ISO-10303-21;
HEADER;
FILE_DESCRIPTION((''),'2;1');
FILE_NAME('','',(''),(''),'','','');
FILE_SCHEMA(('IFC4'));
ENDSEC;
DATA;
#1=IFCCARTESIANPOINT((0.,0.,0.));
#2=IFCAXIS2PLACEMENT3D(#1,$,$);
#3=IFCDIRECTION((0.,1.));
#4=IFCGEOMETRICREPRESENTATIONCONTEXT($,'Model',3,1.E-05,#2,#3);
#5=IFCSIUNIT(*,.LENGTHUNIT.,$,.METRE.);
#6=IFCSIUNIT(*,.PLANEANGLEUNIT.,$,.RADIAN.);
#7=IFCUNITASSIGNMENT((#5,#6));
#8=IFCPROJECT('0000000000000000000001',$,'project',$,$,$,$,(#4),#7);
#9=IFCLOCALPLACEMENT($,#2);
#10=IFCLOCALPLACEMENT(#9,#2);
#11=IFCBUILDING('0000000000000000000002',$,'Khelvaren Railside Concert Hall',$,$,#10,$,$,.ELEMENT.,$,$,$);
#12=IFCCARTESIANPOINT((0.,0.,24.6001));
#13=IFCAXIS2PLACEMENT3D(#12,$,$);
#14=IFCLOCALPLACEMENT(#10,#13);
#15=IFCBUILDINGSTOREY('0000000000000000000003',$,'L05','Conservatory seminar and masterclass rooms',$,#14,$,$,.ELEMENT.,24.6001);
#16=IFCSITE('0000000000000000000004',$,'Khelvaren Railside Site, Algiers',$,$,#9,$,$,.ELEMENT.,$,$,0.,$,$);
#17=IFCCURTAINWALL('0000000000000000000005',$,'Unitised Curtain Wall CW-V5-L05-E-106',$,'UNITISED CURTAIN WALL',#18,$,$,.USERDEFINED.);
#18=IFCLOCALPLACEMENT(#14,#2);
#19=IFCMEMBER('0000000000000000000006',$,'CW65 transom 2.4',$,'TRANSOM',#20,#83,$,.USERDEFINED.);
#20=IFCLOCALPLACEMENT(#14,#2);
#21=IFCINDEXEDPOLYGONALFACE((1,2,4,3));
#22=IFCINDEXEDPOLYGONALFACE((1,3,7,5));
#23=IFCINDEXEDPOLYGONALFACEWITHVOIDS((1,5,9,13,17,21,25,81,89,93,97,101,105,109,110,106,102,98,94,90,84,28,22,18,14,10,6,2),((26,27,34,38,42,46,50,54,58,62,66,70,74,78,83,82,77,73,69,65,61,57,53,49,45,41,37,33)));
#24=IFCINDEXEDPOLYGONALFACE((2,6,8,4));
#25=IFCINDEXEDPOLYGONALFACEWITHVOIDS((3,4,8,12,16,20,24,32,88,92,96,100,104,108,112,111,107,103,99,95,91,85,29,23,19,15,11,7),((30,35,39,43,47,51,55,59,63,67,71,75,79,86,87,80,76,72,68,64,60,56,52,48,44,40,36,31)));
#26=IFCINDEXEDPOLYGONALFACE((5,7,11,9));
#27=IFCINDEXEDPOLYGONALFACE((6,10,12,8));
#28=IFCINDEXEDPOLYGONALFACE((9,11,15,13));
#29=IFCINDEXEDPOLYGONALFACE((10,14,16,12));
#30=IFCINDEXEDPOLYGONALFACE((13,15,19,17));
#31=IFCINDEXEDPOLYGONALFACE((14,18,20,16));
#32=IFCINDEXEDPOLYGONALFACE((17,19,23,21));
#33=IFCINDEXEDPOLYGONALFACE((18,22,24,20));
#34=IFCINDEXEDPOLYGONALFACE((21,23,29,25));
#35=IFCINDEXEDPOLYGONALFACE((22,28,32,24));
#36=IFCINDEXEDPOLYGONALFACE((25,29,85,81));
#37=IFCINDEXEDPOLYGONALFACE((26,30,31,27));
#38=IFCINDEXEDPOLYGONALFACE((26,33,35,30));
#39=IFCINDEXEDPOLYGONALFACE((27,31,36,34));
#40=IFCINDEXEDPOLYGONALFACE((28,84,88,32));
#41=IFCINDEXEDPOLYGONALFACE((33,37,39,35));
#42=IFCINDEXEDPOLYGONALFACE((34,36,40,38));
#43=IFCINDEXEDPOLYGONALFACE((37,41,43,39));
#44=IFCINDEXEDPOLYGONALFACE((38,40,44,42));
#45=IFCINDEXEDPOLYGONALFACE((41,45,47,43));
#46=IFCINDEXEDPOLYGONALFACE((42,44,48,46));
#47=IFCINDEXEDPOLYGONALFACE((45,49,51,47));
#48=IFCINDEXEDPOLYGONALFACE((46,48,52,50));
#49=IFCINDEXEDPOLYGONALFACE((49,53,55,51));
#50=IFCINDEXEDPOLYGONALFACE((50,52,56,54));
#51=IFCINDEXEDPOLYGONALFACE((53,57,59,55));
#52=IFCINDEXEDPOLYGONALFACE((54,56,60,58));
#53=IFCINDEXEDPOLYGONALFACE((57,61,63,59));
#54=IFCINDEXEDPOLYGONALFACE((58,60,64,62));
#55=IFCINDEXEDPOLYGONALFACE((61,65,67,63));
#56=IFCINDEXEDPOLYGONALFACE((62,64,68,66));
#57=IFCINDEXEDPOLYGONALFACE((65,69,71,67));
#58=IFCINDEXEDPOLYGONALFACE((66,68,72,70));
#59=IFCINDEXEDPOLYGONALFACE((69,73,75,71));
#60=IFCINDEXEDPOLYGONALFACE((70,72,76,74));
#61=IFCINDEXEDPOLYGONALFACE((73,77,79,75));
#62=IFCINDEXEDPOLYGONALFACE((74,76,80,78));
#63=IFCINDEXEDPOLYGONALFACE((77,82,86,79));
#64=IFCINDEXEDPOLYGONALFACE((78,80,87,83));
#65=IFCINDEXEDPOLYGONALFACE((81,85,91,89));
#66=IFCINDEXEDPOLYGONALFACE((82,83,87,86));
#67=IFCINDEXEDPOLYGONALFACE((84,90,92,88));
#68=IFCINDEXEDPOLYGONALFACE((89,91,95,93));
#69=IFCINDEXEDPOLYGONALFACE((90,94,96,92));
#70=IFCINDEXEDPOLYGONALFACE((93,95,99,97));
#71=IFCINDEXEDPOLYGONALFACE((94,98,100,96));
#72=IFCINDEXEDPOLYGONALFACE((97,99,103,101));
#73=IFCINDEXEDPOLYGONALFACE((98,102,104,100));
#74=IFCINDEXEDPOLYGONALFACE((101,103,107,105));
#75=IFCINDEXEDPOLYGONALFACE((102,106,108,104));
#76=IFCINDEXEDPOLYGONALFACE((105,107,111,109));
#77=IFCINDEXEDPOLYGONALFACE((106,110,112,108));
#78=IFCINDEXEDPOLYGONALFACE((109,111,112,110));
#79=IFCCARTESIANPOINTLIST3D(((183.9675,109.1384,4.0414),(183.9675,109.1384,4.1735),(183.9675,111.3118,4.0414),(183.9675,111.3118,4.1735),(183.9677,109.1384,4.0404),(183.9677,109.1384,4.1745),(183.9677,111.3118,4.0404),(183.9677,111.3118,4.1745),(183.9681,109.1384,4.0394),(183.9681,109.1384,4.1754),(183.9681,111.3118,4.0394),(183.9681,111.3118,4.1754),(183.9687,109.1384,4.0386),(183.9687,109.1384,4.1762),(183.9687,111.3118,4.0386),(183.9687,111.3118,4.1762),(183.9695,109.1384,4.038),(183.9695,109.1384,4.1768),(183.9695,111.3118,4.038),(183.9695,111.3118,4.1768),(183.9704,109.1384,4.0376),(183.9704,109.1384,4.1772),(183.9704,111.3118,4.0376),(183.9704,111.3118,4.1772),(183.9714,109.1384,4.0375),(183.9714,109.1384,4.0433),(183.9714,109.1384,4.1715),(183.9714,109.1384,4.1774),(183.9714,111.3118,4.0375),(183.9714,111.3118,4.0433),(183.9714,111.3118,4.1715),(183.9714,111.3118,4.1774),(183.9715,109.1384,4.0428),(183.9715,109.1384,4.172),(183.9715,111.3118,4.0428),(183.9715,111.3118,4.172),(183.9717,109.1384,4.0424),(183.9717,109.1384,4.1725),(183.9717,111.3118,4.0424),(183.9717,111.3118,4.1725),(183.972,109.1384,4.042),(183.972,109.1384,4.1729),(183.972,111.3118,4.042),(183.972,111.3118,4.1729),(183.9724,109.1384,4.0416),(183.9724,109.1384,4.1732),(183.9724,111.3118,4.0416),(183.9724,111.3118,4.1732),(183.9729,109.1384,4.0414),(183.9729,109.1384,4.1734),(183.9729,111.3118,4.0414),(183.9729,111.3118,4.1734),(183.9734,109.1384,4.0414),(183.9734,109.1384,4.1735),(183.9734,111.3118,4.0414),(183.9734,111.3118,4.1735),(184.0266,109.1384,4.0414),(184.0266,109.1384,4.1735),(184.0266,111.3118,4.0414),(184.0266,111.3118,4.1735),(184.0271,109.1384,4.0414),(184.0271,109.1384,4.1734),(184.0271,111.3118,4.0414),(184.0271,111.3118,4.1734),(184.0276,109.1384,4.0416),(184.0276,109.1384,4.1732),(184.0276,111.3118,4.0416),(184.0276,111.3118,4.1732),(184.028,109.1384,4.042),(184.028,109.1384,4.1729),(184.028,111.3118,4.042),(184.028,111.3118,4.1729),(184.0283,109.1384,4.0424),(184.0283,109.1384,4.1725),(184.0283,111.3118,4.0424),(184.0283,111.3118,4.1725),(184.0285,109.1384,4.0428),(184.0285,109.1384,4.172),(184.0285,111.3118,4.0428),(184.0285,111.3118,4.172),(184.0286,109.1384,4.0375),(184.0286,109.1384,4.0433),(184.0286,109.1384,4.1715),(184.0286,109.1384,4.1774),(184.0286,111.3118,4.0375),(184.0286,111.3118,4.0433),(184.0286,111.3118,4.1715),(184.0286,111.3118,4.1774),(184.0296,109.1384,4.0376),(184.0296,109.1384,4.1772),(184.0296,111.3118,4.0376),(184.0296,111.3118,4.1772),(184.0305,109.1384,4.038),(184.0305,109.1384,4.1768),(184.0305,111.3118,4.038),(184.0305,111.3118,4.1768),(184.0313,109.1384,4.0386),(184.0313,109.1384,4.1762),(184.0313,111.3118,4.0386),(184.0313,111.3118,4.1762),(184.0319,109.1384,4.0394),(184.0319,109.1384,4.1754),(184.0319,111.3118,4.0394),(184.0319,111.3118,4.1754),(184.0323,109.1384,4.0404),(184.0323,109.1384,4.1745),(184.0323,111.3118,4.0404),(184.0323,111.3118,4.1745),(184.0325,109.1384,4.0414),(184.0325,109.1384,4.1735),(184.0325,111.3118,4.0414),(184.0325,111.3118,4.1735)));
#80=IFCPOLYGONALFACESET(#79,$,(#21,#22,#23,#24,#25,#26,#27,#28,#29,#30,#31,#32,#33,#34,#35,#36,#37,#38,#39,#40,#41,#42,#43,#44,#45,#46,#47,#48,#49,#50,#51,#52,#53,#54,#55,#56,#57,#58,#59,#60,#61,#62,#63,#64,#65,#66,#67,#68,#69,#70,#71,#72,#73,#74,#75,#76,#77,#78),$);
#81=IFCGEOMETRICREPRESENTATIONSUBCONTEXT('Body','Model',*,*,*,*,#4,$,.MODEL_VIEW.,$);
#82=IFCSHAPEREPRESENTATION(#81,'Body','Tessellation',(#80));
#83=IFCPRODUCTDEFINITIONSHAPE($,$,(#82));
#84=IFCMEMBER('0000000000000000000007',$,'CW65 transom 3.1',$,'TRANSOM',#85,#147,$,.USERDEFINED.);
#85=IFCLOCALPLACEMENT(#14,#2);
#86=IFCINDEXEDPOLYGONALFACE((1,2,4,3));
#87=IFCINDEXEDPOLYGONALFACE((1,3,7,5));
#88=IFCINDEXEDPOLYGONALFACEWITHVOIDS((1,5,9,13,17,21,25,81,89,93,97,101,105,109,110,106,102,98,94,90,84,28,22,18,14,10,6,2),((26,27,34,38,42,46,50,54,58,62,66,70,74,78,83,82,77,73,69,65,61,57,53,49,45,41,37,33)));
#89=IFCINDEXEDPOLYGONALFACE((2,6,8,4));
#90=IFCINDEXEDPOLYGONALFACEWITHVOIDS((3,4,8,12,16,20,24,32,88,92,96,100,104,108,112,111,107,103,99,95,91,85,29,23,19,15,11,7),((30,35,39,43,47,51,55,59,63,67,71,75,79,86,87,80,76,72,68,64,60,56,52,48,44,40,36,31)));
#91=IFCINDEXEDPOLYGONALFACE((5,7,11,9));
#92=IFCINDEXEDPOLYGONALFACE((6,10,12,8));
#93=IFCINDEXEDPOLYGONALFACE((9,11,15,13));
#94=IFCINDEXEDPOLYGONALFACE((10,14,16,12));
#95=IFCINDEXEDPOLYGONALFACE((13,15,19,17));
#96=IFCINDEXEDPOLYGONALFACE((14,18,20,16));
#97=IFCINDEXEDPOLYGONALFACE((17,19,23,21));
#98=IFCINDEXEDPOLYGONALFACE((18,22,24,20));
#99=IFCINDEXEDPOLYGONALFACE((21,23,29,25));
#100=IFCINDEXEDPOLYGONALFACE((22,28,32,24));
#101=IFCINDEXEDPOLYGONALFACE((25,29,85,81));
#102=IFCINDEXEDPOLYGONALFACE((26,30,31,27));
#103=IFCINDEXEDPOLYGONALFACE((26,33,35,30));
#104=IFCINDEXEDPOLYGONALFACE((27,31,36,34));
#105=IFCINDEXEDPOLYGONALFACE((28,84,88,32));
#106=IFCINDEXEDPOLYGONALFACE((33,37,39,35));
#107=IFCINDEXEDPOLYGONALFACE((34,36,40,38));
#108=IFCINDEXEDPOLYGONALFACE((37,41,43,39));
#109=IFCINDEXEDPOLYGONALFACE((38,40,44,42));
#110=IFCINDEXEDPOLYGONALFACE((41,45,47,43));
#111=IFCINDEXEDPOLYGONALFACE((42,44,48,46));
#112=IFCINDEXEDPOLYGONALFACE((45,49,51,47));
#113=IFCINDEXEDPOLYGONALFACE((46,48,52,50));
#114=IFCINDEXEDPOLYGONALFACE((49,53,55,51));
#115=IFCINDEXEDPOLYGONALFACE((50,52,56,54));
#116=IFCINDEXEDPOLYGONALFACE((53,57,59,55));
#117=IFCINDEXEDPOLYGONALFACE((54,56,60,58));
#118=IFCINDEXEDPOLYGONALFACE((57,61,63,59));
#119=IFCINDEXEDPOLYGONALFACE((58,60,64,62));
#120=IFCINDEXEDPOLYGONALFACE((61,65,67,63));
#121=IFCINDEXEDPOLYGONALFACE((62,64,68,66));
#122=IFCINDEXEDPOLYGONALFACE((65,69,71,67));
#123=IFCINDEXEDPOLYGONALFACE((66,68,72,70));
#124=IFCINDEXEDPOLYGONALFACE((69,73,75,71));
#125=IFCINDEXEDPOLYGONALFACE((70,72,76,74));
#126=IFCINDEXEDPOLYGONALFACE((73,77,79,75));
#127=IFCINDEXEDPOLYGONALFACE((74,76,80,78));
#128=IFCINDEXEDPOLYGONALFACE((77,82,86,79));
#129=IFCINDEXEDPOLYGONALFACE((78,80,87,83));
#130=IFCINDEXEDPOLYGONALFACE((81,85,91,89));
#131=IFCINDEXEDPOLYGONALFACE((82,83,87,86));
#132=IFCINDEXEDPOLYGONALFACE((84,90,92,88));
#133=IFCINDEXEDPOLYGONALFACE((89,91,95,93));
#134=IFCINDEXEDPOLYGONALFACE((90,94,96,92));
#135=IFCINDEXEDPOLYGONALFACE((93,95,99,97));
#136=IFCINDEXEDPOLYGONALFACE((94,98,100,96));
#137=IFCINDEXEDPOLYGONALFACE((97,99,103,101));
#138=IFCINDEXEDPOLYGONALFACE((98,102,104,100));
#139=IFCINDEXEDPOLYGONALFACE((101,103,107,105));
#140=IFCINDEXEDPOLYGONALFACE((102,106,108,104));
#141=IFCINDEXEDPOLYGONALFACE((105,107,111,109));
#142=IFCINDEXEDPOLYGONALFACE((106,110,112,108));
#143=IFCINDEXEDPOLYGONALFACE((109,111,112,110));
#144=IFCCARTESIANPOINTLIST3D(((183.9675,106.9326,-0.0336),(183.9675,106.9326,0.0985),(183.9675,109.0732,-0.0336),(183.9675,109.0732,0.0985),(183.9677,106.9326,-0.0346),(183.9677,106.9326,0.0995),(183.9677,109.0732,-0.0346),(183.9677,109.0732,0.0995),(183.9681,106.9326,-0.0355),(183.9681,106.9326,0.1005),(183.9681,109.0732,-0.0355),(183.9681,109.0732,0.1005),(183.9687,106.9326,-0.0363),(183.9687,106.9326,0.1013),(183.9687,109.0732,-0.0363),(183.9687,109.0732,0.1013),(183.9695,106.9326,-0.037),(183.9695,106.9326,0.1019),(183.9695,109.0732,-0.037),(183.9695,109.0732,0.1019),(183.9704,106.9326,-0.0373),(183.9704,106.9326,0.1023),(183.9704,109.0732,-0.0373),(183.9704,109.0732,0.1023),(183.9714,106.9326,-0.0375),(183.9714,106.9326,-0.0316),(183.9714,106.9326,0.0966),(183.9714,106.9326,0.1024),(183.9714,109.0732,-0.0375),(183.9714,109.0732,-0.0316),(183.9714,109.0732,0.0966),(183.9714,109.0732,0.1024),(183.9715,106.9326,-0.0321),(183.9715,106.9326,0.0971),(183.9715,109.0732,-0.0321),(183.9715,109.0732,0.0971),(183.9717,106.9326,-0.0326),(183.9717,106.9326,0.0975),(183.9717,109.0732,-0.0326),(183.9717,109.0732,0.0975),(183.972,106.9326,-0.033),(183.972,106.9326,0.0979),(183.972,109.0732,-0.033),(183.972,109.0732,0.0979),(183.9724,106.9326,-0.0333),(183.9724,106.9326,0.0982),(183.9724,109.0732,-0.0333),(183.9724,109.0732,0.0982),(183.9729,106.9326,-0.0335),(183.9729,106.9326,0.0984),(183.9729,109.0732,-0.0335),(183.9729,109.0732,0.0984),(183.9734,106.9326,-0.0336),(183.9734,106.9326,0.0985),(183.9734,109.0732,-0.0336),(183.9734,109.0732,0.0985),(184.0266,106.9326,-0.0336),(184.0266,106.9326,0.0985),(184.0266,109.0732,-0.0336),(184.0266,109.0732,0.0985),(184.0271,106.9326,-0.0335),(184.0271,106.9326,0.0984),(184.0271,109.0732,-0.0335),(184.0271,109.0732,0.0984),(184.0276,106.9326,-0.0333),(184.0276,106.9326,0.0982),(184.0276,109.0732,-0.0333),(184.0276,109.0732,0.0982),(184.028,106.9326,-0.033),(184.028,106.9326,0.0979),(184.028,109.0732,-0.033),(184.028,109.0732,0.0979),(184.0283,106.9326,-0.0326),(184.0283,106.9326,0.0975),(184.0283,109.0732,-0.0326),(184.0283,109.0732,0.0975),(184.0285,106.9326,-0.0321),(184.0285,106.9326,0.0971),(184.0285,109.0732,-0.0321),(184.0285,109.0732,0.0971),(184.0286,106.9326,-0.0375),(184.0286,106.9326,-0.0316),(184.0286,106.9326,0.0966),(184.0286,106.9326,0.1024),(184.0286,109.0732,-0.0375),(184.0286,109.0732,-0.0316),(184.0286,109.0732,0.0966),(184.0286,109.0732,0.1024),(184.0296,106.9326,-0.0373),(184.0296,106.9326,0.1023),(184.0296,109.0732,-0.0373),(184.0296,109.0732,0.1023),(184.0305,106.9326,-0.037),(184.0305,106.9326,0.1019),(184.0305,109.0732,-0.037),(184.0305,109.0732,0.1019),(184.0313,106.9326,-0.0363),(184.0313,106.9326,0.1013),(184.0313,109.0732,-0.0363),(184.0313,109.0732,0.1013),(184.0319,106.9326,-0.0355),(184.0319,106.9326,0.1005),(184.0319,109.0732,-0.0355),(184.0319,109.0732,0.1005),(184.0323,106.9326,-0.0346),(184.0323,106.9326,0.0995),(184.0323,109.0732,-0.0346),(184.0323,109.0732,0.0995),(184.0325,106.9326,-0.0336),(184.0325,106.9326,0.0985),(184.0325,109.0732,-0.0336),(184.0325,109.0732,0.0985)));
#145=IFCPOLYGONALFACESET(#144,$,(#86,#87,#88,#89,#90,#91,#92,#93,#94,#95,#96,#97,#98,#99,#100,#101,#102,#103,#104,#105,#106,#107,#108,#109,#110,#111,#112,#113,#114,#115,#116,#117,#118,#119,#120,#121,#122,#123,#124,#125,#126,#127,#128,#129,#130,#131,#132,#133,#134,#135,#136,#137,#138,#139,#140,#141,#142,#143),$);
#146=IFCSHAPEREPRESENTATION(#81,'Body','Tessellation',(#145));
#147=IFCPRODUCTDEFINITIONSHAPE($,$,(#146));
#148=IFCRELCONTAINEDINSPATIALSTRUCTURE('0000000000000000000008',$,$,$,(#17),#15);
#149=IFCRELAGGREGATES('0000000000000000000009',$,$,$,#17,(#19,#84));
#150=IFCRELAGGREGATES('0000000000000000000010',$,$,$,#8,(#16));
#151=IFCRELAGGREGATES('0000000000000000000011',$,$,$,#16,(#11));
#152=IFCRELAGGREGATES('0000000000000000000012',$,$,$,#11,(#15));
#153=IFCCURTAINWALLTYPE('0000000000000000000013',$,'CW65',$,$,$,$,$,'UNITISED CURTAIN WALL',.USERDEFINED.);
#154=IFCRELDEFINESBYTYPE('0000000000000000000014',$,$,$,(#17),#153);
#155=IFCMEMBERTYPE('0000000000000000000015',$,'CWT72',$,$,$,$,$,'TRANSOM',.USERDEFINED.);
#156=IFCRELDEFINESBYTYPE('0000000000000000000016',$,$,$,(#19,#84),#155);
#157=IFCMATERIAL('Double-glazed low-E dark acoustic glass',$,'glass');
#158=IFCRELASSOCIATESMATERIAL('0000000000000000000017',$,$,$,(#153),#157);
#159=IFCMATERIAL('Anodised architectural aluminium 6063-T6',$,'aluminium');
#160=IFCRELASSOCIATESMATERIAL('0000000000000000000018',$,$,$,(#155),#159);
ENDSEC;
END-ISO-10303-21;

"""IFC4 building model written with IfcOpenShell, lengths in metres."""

from ifc_helpers import new_model, si_unit, direction, frame, origin, origin_2d, place, context, subcontext, project, spatial, hollow_rectangle, extrude, material, material_profile, profile_set, type_object, element, aggregate, save


model = new_model("IFC4")

# Units and contexts
model_context = context("Model", 3, precision=1e-05, world=origin(), true_north=direction((0.0, 1.0)))
body_context = subcontext(model_context, "Body", "Model", "MODEL_VIEW")
ifc_project = project(units=[si_unit("LENGTHUNIT", "METRE"), si_unit("PLANEANGLEUNIT", "RADIAN")], contexts=[model_context])

# Site, building, storey
site_placement = place(None, origin())
site = spatial("IfcSite", under=ifc_project, at=site_placement, Name="Khelvaren Railside Site, Algiers", CompositionType="ELEMENT", RefElevation=0.0)
building_placement = place(site_placement, origin())
building = spatial("IfcBuilding", under=site, at=building_placement, Name="Khelvaren Railside Concert Hall", CompositionType="ELEMENT")
storey_placement = place(building_placement, frame((0.0, 0.0, 24.6001)))
storey = spatial("IfcBuildingStorey", under=building, at=storey_placement, Name="L05", Description="Conservatory seminar and masterclass rooms", CompositionType="ELEMENT", Elevation=24.6001)

# Curtain wall, members
ifc_material_1 = material(Name="Double-glazed low-E dark acoustic glass", Category="glass")
curtain_wall_type = type_object("IfcCurtainWallType", Name="CW65", ElementType="UNITISED CURTAIN WALL", PredefinedType="USERDEFINED", material=ifc_material_1)
curtain_wall_placement = place(storey_placement, origin())
curtain_wall = element("IfcCurtainWall", 1, at=curtain_wall_placement, inside=storey, type_object=curtain_wall_type, Name="Unitised Curtain Wall CW-V5-L05-E-106", ObjectType="UNITISED CURTAIN WALL", PredefinedType="USERDEFINED")
ifc_material_2 = material(Name="Anodised architectural aluminium 6063-T6", Category="aluminium")
ifc_material_profile_1 = material_profile(ifc_material_2, hollow_rectangle(XDim=0.0649, YDim=0.1399, WallThickness=0.0039, InnerFilletRadius=0.002, OuterFilletRadius=0.0039, at=origin_2d()), Name="CWT 65x140x4")
ifc_profile_set_1 = profile_set([ifc_material_profile_1], Name="Anodised architectural aluminium 6063-T6")
member_type_1 = type_object("IfcMemberType", Name="CWT72", ElementType="TRANSOM", PredefinedType="USERDEFINED", material=ifc_profile_set_1)
member_1_placement = place(storey_placement, frame((184.0, 111.3118, 4.1074), z_axis=(0.0, -1.0, 0.0), x_axis=(1.0, 0.0, 0.0)))
member_1 = element("IfcMember", 2, at=member_1_placement, type_object=member_type_1, Name="CW65 transom 2.4", ObjectType="TRANSOM", PredefinedType="USERDEFINED", context=body_context, shape_type="SweptSolid", body=[
    extrude(hollow_rectangle(XDim=0.0649, YDim=0.1399, WallThickness=0.0039, InnerFilletRadius=0.002, OuterFilletRadius=0.0039, at=origin_2d()), origin(), (0.0, 0.0, 1.0), 2.1733),
])
member_2_placement = place(storey_placement, frame((184.0, 109.0732, 0.0325), z_axis=(0.0, -1.0, 0.0), x_axis=(1.0, 0.0, 0.0)))
member_2 = element("IfcMember", 3, at=member_2_placement, type_object=member_type_1, Name="CW65 transom 3.1", ObjectType="TRANSOM", PredefinedType="USERDEFINED", context=body_context, shape_type="SweptSolid", body=[
    extrude(hollow_rectangle(XDim=0.0649, YDim=0.1399, WallThickness=0.0039, InnerFilletRadius=0.002, OuterFilletRadius=0.0039, at=origin_2d()), origin(), (0.0, 0.0, 1.0), 2.1406),
])
aggregate(curtain_wall, [member_1, member_2])

save(model, "model.ifc")
